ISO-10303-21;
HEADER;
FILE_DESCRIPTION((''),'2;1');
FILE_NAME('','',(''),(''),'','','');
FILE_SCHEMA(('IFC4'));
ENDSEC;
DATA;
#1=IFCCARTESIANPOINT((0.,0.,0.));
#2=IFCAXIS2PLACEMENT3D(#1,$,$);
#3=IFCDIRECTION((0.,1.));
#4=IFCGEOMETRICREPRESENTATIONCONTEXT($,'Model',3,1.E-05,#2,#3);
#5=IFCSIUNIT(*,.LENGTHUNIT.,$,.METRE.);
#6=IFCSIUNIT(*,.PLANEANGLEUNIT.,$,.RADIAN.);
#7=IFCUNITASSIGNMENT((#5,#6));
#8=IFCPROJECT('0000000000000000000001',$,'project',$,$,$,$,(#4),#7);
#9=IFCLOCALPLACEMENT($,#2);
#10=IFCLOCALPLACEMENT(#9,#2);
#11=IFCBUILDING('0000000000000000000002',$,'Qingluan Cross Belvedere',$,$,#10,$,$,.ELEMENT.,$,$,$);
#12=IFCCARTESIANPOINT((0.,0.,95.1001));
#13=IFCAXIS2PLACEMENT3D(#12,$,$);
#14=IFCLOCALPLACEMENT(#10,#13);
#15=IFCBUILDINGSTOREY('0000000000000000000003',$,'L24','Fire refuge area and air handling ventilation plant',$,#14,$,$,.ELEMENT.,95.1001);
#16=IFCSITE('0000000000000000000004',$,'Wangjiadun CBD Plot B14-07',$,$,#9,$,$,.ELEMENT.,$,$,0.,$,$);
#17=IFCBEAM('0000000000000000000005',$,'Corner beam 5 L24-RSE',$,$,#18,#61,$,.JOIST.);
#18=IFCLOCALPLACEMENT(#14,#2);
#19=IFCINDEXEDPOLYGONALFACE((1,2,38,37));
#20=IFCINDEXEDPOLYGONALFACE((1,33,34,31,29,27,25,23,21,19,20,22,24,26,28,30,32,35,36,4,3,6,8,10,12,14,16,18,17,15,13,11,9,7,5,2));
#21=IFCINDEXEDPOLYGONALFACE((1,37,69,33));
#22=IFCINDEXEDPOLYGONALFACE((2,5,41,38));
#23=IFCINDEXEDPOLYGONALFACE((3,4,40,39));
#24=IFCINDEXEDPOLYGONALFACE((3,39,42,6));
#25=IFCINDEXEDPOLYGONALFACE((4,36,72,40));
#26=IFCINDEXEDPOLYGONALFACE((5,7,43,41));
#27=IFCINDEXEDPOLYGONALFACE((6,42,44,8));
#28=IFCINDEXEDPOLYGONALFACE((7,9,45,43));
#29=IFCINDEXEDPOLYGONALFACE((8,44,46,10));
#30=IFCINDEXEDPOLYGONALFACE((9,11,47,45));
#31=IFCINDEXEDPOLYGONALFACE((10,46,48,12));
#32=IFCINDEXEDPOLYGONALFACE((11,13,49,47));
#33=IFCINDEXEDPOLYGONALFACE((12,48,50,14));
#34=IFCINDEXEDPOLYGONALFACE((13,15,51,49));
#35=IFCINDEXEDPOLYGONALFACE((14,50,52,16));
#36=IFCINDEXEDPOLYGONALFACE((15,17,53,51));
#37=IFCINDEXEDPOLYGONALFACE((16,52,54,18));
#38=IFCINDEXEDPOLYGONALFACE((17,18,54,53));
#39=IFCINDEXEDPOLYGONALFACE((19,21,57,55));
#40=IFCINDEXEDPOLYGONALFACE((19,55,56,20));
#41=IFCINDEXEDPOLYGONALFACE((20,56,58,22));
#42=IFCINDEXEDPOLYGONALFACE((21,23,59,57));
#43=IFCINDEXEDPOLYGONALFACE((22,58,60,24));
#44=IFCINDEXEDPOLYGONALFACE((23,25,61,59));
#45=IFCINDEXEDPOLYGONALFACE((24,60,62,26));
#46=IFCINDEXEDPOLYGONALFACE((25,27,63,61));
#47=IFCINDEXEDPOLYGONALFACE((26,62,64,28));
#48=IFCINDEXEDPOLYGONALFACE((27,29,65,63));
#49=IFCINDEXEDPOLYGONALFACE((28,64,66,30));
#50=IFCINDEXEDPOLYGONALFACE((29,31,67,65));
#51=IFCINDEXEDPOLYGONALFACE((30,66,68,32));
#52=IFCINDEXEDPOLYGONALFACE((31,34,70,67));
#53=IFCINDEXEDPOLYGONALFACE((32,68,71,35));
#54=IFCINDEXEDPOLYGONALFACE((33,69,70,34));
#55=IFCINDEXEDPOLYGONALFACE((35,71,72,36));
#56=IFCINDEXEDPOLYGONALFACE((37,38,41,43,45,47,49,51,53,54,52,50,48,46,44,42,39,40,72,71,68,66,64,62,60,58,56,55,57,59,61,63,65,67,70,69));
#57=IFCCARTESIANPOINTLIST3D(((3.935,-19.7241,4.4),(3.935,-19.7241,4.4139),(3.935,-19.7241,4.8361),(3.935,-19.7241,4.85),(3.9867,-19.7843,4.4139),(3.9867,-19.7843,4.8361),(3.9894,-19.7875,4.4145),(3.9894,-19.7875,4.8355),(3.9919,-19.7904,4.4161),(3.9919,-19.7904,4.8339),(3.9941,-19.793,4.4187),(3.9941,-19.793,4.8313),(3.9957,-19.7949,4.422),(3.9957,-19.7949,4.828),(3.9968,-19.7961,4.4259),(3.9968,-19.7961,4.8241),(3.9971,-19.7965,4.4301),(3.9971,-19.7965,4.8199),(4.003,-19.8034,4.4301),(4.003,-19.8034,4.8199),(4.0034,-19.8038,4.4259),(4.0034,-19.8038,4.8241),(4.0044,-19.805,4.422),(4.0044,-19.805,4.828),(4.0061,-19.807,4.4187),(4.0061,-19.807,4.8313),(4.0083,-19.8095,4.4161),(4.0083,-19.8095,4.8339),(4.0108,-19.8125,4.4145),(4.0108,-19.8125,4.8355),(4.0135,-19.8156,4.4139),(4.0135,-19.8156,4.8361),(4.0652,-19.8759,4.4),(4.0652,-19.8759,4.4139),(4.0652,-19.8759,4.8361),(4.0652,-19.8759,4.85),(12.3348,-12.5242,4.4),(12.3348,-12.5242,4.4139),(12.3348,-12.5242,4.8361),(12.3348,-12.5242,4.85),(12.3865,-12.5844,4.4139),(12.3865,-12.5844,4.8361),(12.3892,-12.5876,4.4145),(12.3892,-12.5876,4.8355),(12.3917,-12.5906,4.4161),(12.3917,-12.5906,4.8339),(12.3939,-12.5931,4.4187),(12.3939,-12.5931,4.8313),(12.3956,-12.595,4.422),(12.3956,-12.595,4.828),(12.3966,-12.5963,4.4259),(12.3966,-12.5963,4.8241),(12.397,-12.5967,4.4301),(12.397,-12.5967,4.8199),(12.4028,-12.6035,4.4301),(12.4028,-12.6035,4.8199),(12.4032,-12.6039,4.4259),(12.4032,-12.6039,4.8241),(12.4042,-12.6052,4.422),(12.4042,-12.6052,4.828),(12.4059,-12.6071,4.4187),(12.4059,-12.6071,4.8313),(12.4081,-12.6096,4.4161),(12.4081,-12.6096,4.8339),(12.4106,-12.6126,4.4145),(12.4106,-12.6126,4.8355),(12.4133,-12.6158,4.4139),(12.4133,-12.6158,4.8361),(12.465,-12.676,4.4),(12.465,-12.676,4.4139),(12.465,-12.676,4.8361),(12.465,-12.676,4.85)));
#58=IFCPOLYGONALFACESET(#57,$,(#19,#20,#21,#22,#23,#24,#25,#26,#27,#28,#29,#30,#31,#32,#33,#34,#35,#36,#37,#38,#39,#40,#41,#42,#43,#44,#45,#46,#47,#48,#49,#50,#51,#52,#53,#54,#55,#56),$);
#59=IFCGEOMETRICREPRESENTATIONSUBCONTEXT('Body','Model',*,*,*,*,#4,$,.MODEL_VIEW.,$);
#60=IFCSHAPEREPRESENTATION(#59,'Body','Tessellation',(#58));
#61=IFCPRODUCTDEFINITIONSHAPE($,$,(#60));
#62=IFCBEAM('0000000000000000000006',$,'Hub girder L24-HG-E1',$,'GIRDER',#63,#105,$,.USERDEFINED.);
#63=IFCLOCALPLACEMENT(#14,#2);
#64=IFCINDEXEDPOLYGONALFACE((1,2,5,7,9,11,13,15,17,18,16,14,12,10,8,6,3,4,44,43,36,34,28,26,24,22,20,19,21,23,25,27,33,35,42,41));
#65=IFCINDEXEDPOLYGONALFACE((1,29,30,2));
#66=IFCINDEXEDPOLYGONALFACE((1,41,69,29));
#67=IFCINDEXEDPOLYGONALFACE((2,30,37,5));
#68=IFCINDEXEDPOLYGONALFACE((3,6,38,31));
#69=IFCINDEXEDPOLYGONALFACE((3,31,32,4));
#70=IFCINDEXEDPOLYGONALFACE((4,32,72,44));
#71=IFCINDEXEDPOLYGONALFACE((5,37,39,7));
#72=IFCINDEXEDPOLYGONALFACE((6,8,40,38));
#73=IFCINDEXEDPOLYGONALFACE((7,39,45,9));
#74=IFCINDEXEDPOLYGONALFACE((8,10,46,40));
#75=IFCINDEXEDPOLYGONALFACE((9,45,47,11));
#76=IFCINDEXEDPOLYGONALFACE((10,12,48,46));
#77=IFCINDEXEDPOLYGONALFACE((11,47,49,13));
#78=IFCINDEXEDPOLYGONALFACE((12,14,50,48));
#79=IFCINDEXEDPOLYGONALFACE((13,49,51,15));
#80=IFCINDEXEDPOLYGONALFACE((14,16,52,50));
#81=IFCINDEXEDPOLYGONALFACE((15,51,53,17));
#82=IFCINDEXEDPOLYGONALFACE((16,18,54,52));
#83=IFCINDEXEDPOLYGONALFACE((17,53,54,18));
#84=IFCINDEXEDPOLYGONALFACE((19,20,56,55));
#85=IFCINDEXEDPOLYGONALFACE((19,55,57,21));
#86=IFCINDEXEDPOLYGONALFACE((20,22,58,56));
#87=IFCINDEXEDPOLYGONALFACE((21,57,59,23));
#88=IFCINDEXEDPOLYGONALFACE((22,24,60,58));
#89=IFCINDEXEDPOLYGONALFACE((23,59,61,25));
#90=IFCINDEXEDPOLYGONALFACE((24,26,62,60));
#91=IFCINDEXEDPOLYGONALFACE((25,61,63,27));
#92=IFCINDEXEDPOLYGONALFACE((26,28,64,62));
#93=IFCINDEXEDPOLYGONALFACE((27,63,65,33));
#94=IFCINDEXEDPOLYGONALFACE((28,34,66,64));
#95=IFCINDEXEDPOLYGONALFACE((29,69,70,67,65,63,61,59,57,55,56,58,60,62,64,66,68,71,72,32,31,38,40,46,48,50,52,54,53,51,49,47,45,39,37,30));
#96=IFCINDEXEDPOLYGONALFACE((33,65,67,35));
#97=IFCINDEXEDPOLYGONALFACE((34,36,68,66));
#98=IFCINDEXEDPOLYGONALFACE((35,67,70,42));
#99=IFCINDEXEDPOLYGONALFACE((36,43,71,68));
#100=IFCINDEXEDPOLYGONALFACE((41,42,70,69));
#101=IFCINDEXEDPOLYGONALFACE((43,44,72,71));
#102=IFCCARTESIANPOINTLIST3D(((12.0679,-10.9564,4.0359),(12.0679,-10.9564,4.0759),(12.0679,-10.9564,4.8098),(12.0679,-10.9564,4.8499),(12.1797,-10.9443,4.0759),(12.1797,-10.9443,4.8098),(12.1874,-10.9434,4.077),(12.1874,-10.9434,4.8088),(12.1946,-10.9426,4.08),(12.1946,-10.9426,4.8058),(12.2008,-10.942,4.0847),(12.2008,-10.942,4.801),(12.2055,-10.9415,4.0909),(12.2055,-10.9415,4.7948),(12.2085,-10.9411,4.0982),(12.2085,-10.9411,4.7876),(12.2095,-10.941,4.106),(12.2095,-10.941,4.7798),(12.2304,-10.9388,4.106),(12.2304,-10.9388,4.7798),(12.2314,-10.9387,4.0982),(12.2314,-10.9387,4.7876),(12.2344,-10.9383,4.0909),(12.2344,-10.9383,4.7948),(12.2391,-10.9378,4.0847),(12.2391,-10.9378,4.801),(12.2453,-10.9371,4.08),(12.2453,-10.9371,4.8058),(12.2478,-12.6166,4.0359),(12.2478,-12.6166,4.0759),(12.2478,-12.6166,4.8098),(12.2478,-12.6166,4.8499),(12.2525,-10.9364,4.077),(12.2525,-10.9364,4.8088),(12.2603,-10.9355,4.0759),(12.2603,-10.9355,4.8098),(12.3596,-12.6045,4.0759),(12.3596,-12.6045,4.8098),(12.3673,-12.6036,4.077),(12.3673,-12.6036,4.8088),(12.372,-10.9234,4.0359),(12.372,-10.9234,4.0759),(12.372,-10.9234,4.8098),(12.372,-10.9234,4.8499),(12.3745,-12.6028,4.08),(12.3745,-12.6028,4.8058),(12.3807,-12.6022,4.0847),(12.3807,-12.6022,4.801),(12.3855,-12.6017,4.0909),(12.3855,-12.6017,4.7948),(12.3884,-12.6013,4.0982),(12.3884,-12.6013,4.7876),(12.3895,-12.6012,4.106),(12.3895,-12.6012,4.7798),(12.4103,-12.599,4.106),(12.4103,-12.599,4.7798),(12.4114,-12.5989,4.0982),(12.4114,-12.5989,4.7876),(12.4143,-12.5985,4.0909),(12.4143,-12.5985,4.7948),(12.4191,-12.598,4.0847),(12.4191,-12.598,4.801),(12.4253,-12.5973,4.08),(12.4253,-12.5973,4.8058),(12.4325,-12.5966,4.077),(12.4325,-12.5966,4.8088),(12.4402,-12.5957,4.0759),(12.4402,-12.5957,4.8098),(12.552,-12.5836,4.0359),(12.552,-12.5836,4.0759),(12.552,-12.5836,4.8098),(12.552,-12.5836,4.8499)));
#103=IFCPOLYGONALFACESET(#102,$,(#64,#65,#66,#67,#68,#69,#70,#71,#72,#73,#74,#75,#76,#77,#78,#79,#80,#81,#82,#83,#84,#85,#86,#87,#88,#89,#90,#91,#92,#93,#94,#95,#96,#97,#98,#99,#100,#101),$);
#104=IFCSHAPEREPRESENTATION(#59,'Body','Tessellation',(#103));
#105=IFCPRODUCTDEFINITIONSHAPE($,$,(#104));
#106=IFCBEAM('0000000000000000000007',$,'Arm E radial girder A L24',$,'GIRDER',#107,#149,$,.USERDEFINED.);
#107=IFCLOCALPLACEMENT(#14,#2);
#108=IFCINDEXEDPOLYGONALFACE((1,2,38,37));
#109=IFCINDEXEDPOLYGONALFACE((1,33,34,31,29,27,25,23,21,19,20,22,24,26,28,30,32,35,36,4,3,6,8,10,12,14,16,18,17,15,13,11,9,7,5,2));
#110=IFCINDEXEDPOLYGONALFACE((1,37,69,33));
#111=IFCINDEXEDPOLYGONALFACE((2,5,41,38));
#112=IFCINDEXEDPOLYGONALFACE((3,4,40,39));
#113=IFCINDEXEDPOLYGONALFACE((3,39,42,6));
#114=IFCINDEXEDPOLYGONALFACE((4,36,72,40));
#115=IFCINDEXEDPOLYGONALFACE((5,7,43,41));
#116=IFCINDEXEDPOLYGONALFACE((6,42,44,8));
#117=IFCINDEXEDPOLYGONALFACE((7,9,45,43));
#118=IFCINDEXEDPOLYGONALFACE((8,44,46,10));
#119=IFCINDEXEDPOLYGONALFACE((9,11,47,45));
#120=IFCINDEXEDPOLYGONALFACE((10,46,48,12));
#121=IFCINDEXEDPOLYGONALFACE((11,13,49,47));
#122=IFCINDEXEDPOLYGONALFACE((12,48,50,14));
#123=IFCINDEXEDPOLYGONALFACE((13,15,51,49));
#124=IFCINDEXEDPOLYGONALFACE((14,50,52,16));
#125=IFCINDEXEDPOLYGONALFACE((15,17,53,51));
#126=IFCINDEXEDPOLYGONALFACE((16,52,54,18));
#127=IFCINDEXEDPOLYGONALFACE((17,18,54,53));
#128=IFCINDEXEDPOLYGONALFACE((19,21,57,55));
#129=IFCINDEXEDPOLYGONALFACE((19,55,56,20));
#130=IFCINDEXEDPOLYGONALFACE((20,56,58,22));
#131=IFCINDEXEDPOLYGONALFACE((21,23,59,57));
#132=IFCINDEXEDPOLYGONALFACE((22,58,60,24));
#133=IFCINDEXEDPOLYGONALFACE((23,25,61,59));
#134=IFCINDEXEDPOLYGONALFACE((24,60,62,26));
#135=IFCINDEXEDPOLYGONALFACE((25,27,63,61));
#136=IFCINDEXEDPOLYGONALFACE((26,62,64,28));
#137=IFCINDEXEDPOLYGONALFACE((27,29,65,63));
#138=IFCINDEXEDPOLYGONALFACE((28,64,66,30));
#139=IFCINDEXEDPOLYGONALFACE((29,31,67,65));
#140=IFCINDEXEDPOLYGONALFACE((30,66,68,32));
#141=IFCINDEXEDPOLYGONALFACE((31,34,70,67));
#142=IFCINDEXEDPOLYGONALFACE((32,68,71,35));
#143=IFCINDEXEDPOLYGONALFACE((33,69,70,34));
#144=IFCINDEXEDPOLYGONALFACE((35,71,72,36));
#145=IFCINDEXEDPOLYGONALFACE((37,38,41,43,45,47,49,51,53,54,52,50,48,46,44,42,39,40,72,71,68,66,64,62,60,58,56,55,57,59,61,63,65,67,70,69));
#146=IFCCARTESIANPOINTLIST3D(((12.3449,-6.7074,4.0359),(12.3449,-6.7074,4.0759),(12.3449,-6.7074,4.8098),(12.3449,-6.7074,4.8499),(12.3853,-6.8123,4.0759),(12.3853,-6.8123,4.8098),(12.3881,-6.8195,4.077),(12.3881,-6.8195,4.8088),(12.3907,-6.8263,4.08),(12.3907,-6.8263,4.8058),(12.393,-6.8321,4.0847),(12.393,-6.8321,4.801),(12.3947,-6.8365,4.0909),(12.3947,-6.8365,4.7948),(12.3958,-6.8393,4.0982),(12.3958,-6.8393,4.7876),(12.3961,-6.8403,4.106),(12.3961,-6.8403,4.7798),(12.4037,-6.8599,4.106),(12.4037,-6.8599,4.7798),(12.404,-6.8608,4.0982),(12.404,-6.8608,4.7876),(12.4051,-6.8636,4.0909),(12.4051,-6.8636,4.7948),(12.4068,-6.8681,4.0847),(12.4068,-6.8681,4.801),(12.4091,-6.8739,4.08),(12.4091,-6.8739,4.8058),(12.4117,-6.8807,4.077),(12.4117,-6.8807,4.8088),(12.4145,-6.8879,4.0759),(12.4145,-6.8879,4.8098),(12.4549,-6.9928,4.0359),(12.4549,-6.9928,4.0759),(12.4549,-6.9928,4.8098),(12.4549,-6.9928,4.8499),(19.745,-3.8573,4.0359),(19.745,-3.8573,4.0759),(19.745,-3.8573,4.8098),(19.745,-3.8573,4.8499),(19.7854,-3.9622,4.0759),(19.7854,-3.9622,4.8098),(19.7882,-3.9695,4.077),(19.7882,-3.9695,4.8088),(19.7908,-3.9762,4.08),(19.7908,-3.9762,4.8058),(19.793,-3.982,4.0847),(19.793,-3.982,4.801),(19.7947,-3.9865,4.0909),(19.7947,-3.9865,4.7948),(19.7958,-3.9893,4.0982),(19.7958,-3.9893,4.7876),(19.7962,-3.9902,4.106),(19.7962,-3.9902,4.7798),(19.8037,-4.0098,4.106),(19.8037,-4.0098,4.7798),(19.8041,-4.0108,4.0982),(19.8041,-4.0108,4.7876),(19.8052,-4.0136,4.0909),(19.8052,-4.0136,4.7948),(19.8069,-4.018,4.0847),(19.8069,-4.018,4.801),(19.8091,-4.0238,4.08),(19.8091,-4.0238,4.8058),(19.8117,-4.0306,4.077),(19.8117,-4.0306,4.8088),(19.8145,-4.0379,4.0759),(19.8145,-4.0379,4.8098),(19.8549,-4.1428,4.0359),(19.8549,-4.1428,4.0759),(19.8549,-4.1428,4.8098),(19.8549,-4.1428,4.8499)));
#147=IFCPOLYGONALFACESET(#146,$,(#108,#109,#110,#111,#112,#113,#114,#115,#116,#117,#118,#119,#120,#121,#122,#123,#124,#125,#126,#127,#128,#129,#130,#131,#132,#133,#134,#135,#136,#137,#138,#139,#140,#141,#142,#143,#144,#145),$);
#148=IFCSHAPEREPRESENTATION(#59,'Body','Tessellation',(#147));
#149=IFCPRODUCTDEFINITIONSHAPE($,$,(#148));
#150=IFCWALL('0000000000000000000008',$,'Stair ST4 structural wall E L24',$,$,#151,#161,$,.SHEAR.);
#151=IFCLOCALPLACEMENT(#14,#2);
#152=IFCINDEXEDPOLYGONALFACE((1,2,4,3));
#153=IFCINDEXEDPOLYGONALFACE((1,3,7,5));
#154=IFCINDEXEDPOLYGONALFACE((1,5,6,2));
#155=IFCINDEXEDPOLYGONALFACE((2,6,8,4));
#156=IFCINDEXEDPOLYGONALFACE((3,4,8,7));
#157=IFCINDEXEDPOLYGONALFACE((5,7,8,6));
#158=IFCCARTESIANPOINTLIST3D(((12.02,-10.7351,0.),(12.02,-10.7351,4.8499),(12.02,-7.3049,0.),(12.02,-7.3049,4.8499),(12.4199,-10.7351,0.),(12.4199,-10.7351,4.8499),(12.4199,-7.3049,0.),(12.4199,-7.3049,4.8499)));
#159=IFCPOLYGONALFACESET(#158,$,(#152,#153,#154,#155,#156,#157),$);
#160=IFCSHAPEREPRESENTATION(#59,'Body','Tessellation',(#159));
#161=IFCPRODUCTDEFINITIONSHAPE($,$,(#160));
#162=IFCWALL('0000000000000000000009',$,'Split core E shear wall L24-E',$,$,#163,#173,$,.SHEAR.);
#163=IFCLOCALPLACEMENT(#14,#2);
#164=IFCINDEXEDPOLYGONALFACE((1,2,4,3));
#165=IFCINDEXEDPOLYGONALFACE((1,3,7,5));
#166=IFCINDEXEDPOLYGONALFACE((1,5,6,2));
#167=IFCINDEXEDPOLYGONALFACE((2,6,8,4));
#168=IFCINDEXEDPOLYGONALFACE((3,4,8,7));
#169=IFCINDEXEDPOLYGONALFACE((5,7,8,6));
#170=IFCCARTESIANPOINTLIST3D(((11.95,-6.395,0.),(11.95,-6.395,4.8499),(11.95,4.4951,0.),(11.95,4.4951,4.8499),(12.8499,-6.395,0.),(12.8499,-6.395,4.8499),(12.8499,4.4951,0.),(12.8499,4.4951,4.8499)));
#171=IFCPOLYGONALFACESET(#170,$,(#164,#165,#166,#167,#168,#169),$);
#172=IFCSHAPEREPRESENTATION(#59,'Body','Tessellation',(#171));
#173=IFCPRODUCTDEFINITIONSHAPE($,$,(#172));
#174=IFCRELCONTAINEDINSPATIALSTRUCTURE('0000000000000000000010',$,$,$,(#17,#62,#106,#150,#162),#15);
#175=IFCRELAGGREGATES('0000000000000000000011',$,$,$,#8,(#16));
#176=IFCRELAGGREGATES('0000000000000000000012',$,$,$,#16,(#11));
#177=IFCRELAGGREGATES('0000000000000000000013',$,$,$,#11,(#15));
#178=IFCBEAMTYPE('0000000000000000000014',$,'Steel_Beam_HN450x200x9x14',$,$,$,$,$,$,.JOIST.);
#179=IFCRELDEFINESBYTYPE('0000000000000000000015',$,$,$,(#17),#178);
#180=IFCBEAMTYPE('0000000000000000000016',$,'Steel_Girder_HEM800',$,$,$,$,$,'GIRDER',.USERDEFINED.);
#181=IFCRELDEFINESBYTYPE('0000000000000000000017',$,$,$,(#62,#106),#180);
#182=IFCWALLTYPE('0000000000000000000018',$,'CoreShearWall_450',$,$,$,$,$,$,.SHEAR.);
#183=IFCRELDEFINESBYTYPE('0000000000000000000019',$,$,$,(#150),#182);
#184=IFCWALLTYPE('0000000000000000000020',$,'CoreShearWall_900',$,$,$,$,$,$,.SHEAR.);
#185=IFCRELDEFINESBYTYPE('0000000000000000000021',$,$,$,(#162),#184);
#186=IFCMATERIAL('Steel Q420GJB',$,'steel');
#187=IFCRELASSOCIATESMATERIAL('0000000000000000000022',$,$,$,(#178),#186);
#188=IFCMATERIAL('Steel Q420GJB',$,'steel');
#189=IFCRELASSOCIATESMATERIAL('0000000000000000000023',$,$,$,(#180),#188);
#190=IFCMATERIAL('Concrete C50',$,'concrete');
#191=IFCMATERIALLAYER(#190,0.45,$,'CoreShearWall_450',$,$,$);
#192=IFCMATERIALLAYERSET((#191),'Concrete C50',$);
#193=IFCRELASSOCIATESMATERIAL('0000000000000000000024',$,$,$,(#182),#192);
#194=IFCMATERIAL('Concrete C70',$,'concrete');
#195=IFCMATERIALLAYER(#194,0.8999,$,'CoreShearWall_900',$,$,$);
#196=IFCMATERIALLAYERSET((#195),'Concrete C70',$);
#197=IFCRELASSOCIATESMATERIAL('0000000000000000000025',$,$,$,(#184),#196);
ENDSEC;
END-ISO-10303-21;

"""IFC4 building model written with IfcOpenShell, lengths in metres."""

from ifc_helpers import new_model, si_unit, direction, frame, frame_2d, origin, origin_2d, place, context, subcontext, project, spatial, rectangle, i_section, extrude, material, layer, layer_set, material_profile, profile_set, type_object, element, save


model = new_model("IFC4")

# Units and contexts
model_context = context("Model", 3, precision=1e-05, world=origin(), true_north=direction((0.0, 1.0)))
body_context = subcontext(model_context, "Body", "Model", "MODEL_VIEW")
ifc_project = project(units=[si_unit("LENGTHUNIT", "METRE"), si_unit("PLANEANGLEUNIT", "RADIAN")], contexts=[model_context])

# Site, building, storey
site_placement = place(None, origin())
site = spatial("IfcSite", under=ifc_project, at=site_placement, Name="Wangjiadun CBD Plot B14-07", CompositionType="ELEMENT", RefElevation=0.0)
building_placement = place(site_placement, origin())
building = spatial("IfcBuilding", under=site, at=building_placement, Name="Qingluan Cross Belvedere", CompositionType="ELEMENT")
storey_placement = place(building_placement, frame((0.0, 0.0, 95.1001)))
storey = spatial("IfcBuildingStorey", under=building, at=storey_placement, Name="L24", Description="Fire refuge area and air handling ventilation plant", CompositionType="ELEMENT", Elevation=95.1001)

# Beams
ifc_material_1 = material(Name="Steel Q420GJB", Category="steel")
ifc_material_profile_1 = material_profile(ifc_material_1, i_section(OverallWidth=0.2, OverallDepth=0.45, WebThickness=0.009, FlangeThickness=0.0139, FilletRadius=0.0161, at=origin_2d()), Name="HN450x200x9x14")
ifc_profile_set_1 = profile_set([ifc_material_profile_1], Name="Steel Q420GJB")
beam_type_1 = type_object("IfcBeamType", Name="Steel_Beam_HN450x200x9x14", PredefinedType="JOIST", material=ifc_profile_set_1)
beam_1_placement = place(storey_placement, frame((12.3999, -12.6001, 4.625), z_axis=(-0.759255, -0.650793, 0.0), x_axis=(0.650793, -0.759255, 0.0)))
element("IfcBeam", 1, at=beam_1_placement, inside=storey, type_object=beam_type_1, Name="Corner beam 5 L24-RSE", PredefinedType="JOIST", context=body_context, shape_type="SweptSolid", body=[
    extrude(i_section(OverallWidth=0.2, OverallDepth=0.45, WebThickness=0.009, FlangeThickness=0.0139, FilletRadius=0.0161, at=origin_2d()), origin(), (0.0, 0.0, 1.0), 11.0632),
])
ifc_material_2 = material(Name="Steel Q420GJB", Category="steel")
ifc_material_profile_2 = material_profile(ifc_material_2, i_section(OverallWidth=0.3059, OverallDepth=0.814, WebThickness=0.021, FlangeThickness=0.04, FilletRadius=0.03, at=origin_2d()), Name="HEM800")
ifc_profile_set_2 = profile_set([ifc_material_profile_2], Name="Steel Q420GJB")
beam_type_2 = type_object("IfcBeamType", Name="Steel_Girder_HEM800", ElementType="GIRDER", PredefinedType="USERDEFINED", material=ifc_profile_set_2)
beam_2_placement = place(storey_placement, frame((12.3999, -12.6001, 4.4429), z_axis=(-0.107751, 0.994178, 0.0), x_axis=(-0.994178, -0.107751, 0.0)))
element("IfcBeam", 2, at=beam_2_placement, inside=storey, type_object=beam_type_2, Name="Hub girder L24-HG-E1", ObjectType="GIRDER", PredefinedType="USERDEFINED", context=body_context, shape_type="SweptSolid", body=[
    extrude(i_section(OverallWidth=0.3059, OverallDepth=0.814, WebThickness=0.021, FlangeThickness=0.04, FilletRadius=0.03, at=origin_2d()), origin(), (0.0, 0.0, 1.0), 1.6699),
])
beam_3_placement = place(storey_placement, frame((12.3999, -6.8501, 4.4429), z_axis=(0.933181, 0.359406, 0.0), x_axis=(-0.359406, 0.933181, 0.0)))
element("IfcBeam", 3, at=beam_3_placement, inside=storey, type_object=beam_type_2, Name="Arm E radial girder A L24", ObjectType="GIRDER", PredefinedType="USERDEFINED", context=body_context, shape_type="SweptSolid", body=[
    extrude(i_section(OverallWidth=0.3059, OverallDepth=0.814, WebThickness=0.021, FlangeThickness=0.04, FilletRadius=0.03, at=origin_2d()), origin(), (0.0, 0.0, 1.0), 7.9299),
])

# Walls
ifc_material_3 = material(Name="Concrete C50", Category="concrete")
ifc_layer_1 = layer(ifc_material_3, 0.45, Name="CoreShearWall_450")
ifc_layer_set_1 = layer_set([ifc_layer_1], Name="Concrete C50")
wall_type_1 = type_object("IfcWallType", Name="CoreShearWall_450", PredefinedType="SHEAR", material=ifc_layer_set_1)
wall_1_placement = place(storey_placement, frame((12.22, -10.7351, 0.0), z_axis=(0.0, 0.0, 1.0), x_axis=(0.0, 1.0, 0.0)))
element("IfcWall", 4, at=wall_1_placement, inside=storey, type_object=wall_type_1, Name="Stair ST4 structural wall E L24", PredefinedType="SHEAR", context=body_context, shape_type="SweptSolid", body=[
    extrude(rectangle(XDim=3.4302, YDim=0.3999, at=frame_2d((1.7151, 0.0))), origin(), (0.0, 0.0, 1.0), 4.8499),
])
ifc_material_4 = material(Name="Concrete C70", Category="concrete")
ifc_layer_2 = layer(ifc_material_4, 0.8999, Name="CoreShearWall_900")
ifc_layer_set_2 = layer_set([ifc_layer_2], Name="Concrete C70")
wall_type_2 = type_object("IfcWallType", Name="CoreShearWall_900", PredefinedType="SHEAR", material=ifc_layer_set_2)
wall_2_placement = place(storey_placement, frame((12.3999, -6.395, 0.0), z_axis=(0.0, 0.0, 1.0), x_axis=(0.0, 1.0, 0.0)))
element("IfcWall", 5, at=wall_2_placement, inside=storey, type_object=wall_type_2, Name="Split core E shear wall L24-E", PredefinedType="SHEAR", context=body_context, shape_type="SweptSolid", body=[
    extrude(rectangle(XDim=10.8901, YDim=0.8999, at=frame_2d((5.4451, 0.0))), origin(), (0.0, 0.0, 1.0), 4.8499),
])

save(model, "model.ifc")
